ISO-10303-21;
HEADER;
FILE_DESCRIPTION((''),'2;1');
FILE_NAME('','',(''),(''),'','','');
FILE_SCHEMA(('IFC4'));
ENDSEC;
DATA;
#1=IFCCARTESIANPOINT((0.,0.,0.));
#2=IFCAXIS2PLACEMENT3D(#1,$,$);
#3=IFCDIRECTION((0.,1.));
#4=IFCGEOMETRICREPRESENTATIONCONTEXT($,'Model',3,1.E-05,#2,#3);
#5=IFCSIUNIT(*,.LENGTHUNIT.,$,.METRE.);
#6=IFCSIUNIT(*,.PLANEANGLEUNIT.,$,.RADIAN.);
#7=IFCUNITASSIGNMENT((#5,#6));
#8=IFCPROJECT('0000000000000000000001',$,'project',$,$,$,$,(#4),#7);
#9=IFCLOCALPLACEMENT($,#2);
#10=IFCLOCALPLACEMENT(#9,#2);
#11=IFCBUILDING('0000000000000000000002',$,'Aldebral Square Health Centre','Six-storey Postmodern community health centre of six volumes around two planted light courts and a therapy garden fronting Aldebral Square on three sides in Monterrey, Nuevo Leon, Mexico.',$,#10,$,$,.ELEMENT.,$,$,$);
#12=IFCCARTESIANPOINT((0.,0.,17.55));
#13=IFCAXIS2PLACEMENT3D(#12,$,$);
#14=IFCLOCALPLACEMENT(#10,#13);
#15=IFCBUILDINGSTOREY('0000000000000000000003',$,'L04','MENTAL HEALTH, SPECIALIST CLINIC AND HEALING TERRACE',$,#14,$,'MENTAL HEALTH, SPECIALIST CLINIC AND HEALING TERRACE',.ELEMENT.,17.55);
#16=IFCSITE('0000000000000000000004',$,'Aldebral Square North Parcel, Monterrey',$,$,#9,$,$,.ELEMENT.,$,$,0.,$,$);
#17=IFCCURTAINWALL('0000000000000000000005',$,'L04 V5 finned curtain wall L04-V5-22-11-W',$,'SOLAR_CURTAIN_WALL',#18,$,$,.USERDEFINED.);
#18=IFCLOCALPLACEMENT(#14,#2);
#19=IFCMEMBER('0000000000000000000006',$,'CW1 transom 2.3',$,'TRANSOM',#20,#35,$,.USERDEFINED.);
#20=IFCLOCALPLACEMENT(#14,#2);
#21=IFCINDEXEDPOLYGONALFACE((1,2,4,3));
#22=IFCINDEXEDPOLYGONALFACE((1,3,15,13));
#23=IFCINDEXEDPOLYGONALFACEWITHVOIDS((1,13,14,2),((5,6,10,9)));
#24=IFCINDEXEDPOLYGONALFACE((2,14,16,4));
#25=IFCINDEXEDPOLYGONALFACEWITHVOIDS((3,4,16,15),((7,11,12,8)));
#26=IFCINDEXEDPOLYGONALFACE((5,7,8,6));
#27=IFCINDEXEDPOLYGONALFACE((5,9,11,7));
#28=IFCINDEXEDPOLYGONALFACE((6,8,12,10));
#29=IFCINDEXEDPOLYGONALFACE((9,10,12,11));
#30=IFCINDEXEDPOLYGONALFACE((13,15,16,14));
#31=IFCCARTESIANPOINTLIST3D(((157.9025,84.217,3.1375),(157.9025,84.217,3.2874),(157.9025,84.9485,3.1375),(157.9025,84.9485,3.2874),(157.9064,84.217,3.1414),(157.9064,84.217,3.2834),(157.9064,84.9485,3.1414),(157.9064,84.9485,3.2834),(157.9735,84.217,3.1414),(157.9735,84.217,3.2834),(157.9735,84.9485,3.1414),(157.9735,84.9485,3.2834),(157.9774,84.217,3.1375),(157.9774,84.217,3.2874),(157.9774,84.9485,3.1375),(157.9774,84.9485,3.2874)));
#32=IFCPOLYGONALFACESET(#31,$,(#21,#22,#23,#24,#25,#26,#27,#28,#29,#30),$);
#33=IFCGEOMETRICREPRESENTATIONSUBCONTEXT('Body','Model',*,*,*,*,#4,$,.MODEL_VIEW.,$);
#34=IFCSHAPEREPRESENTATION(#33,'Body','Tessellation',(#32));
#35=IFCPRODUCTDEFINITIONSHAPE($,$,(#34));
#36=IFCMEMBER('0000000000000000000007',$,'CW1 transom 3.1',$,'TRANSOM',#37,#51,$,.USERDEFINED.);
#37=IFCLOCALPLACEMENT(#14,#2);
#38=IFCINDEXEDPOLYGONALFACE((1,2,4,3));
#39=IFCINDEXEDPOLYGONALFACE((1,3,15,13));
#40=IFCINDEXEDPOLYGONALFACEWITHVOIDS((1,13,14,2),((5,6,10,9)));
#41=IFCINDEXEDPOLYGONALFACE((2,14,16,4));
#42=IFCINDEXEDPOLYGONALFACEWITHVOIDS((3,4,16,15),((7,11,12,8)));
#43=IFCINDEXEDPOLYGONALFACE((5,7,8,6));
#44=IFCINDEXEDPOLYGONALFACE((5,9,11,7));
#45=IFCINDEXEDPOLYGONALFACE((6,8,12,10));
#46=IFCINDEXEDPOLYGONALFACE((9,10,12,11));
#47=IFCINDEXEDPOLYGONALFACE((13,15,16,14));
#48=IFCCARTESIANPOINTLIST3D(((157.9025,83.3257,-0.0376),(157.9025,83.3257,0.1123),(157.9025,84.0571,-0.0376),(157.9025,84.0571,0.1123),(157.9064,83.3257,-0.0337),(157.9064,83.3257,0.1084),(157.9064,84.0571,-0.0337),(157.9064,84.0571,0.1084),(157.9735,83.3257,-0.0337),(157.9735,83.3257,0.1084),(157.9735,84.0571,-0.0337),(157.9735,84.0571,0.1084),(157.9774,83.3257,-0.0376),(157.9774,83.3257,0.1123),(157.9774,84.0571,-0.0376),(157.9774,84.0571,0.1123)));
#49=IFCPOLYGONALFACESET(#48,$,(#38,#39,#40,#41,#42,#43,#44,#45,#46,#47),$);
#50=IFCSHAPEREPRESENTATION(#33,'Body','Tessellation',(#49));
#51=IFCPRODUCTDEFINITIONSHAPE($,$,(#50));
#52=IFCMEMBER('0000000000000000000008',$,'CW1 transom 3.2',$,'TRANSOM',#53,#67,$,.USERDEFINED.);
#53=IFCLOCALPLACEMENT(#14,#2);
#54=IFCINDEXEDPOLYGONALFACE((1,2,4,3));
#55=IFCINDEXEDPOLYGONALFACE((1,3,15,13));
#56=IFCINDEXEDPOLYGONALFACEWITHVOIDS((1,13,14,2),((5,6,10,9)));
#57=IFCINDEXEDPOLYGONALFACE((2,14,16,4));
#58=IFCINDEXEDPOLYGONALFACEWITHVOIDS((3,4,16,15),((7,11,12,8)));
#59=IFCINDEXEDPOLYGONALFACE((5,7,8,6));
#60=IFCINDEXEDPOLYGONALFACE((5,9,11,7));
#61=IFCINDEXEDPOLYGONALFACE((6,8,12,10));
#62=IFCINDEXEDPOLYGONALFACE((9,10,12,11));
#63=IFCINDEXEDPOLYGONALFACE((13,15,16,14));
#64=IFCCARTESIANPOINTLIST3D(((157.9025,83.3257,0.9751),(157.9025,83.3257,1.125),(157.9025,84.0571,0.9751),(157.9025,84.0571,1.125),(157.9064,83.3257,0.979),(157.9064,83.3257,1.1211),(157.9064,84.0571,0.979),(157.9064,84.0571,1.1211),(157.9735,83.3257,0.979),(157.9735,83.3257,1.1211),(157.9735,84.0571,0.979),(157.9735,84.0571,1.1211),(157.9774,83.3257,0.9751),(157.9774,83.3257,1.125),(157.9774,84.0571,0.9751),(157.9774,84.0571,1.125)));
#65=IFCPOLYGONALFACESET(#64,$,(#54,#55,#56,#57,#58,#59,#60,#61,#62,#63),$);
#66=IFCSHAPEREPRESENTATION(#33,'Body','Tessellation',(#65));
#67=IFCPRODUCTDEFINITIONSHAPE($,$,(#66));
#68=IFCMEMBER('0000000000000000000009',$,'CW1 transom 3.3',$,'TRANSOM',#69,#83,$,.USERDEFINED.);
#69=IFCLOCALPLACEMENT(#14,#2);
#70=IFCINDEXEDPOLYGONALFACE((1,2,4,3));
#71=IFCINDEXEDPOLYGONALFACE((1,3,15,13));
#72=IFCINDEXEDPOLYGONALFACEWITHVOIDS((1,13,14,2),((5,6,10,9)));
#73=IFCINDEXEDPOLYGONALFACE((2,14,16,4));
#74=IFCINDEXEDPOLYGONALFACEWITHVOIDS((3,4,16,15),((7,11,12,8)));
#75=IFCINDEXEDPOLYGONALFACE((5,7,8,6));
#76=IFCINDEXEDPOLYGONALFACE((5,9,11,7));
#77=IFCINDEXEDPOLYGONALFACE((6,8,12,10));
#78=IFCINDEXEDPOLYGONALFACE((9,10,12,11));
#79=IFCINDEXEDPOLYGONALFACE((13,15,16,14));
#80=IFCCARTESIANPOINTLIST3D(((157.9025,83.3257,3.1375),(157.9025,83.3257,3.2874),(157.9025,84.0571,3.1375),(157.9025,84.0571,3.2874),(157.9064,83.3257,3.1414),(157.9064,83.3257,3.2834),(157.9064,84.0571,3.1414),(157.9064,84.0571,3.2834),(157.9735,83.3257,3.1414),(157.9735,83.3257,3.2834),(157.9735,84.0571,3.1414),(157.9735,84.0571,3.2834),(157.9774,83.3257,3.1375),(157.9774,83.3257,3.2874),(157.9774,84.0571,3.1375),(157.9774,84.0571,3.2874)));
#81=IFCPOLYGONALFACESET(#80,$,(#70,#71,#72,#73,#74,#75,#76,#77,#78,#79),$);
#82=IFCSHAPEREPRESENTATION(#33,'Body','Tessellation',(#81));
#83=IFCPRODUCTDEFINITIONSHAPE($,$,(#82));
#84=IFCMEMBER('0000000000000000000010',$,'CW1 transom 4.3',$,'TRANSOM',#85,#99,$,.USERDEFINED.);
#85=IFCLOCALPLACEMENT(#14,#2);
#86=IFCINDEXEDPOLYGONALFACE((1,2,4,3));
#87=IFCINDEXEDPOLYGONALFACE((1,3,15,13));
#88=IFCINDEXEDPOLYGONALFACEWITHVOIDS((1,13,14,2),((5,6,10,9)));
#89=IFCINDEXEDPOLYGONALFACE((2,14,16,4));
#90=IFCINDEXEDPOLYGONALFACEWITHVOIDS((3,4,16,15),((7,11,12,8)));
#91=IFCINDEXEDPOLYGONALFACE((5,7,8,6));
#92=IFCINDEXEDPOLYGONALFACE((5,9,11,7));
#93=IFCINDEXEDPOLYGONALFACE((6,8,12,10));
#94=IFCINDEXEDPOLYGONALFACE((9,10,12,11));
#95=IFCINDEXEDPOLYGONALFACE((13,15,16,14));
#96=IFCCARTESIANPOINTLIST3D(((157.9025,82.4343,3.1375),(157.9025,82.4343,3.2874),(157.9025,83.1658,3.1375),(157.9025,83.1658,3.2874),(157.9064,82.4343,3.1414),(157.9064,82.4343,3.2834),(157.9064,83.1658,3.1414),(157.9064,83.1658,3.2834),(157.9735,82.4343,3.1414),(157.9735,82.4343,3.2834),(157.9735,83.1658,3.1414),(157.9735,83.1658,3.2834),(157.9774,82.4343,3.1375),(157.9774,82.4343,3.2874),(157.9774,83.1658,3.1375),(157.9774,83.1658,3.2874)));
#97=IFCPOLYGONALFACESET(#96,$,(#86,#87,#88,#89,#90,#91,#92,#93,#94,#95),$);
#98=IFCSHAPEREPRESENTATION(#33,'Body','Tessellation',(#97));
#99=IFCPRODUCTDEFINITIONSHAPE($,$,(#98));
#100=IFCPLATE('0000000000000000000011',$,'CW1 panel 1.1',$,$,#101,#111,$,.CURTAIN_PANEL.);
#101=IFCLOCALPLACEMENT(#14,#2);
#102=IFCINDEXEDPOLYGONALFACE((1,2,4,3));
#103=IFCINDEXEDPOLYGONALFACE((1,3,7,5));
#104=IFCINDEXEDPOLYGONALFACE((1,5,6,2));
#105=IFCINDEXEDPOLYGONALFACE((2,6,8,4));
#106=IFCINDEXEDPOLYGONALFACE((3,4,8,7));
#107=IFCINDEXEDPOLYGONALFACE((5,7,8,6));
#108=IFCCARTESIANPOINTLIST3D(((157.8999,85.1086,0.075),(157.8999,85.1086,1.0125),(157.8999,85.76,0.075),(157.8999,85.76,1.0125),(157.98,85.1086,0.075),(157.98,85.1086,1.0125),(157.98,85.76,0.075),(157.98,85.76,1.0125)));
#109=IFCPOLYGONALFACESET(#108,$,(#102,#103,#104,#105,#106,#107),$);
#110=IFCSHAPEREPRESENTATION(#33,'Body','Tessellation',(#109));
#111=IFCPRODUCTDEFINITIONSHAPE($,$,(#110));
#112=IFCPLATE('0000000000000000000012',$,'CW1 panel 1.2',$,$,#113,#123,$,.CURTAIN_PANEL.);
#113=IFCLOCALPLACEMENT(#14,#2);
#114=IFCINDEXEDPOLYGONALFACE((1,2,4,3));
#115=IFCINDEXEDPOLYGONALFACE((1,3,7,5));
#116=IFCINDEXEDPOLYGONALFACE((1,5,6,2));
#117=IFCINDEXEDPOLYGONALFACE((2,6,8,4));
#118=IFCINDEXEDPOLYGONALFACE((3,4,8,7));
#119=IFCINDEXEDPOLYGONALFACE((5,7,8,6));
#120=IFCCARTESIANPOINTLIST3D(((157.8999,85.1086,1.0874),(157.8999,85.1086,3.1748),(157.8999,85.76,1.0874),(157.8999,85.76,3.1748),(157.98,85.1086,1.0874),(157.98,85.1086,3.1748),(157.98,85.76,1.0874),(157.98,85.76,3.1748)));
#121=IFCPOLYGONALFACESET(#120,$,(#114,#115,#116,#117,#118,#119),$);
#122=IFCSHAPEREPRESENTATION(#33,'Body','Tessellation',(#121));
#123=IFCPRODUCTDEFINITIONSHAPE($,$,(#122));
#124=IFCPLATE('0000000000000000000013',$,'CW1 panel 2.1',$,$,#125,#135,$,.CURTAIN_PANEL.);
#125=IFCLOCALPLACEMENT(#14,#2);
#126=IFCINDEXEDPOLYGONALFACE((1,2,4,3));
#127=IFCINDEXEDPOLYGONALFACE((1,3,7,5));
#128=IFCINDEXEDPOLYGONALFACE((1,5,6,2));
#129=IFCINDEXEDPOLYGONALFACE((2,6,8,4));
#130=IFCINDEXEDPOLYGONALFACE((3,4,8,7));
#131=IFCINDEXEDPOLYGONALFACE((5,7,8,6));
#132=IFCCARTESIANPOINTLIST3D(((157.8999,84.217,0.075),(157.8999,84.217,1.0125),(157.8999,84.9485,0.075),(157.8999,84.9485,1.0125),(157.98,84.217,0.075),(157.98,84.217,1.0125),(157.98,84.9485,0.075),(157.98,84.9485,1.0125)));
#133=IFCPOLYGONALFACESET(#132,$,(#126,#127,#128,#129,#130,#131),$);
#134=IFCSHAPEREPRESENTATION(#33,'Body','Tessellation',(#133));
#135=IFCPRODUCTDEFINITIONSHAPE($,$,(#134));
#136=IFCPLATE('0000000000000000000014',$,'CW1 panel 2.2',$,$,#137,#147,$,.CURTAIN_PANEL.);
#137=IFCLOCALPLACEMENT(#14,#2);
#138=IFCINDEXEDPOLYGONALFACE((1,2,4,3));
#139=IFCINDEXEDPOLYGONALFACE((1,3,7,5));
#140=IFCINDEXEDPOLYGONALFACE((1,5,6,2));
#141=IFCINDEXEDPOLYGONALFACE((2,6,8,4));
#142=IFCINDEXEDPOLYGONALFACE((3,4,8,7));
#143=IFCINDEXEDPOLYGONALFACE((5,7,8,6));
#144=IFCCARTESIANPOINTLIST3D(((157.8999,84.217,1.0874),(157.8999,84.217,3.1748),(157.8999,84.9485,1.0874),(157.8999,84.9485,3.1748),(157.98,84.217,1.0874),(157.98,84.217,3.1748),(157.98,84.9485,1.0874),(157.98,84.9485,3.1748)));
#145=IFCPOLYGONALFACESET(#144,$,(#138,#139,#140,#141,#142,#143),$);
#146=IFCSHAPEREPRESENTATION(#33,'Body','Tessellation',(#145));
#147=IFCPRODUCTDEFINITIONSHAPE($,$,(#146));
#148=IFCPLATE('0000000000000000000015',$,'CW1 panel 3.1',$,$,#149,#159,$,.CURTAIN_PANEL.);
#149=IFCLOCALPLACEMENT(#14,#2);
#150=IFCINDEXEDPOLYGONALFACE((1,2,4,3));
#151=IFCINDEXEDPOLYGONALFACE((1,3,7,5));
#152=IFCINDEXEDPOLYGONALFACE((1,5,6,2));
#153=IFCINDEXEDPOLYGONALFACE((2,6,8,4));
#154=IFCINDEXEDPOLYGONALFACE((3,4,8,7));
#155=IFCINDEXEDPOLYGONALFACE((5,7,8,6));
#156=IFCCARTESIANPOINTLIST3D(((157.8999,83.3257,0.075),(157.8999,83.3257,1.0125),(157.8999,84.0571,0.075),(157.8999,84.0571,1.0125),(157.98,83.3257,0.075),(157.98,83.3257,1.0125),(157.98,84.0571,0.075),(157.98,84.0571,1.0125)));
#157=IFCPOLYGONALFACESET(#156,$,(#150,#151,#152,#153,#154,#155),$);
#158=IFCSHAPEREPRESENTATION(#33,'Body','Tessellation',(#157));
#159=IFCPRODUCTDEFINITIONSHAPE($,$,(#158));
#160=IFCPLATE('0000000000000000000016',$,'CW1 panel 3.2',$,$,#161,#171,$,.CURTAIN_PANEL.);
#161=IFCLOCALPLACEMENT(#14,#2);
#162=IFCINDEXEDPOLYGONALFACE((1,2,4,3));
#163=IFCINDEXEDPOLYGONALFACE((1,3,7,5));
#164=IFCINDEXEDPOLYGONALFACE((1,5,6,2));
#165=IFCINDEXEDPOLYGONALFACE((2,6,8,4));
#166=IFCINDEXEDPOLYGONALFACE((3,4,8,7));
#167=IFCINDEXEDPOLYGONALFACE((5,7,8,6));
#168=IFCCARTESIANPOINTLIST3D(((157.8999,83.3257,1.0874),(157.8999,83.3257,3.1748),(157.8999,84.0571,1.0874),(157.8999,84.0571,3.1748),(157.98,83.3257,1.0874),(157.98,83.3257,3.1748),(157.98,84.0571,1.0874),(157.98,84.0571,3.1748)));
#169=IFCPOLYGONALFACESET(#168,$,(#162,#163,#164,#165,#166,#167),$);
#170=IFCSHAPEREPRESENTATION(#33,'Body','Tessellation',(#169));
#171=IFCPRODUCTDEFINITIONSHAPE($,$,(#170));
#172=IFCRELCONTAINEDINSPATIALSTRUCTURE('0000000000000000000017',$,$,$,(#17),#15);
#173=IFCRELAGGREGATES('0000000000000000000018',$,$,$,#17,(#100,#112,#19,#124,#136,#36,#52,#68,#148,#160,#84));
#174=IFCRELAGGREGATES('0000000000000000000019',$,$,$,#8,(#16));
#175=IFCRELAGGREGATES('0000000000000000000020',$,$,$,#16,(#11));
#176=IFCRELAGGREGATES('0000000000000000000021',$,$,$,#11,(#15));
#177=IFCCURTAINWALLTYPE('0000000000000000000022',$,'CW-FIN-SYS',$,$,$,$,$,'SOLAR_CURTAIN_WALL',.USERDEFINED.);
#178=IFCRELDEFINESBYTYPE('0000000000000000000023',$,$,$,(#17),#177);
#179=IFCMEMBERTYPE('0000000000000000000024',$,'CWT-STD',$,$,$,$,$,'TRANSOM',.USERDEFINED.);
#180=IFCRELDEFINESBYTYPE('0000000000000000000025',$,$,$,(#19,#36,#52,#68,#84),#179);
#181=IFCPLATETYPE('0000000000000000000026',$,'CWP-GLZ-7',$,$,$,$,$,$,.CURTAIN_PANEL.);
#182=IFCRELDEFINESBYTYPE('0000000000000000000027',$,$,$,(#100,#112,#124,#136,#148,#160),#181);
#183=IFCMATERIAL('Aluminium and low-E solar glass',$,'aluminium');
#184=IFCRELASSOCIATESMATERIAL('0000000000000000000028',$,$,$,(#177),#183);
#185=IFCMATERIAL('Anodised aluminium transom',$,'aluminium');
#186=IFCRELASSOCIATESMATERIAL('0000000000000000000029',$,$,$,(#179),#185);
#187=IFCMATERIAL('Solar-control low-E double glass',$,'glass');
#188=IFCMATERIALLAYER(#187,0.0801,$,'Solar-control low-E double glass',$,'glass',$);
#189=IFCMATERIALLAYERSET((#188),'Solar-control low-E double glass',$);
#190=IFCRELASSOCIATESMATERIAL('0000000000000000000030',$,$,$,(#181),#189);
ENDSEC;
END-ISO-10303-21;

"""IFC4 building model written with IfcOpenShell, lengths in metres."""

from ifc_helpers import new_model, si_unit, direction, frame, origin, origin_2d, place, context, subcontext, project, spatial, rectangle, hollow_rectangle, extrude, material, layer, layer_set, material_profile, profile_set, type_object, element, aggregate, save


model = new_model("IFC4")

# Units and contexts
model_context = context("Model", 3, precision=1e-05, world=origin(), true_north=direction((0.0, 1.0)))
body_context = subcontext(model_context, "Body", "Model", "MODEL_VIEW")
ifc_project = project(units=[si_unit("LENGTHUNIT", "METRE"), si_unit("PLANEANGLEUNIT", "RADIAN")], contexts=[model_context])

# Site, building, storey
site_placement = place(None, origin())
site = spatial("IfcSite", under=ifc_project, at=site_placement, Name="Aldebral Square North Parcel, Monterrey", CompositionType="ELEMENT", RefElevation=0.0)
building_placement = place(site_placement, origin())
building = spatial("IfcBuilding", under=site, at=building_placement, Name="Aldebral Square Health Centre", Description="Six-storey Postmodern community health centre of six volumes around two planted light courts and a therapy garden fronting Aldebral Square on three sides in Monterrey, Nuevo Leon, Mexico.", CompositionType="ELEMENT")
storey_placement = place(building_placement, frame((0.0, 0.0, 17.55)))
storey = spatial("IfcBuildingStorey", under=building, at=storey_placement, Name="L04", Description="MENTAL HEALTH, SPECIALIST CLINIC AND HEALING TERRACE", LongName="MENTAL HEALTH, SPECIALIST CLINIC AND HEALING TERRACE", CompositionType="ELEMENT", Elevation=17.55)

# Curtain wall
ifc_material_1 = material(Name="Aluminium and low-E solar glass", Category="aluminium")
curtain_wall_type = type_object("IfcCurtainWallType", Name="CW-FIN-SYS", ElementType="SOLAR_CURTAIN_WALL", PredefinedType="USERDEFINED", material=ifc_material_1)
curtain_wall_1_placement = place(storey_placement, origin())
curtain_wall_1 = element("IfcCurtainWall", 1, at=curtain_wall_1_placement, inside=storey, type_object=curtain_wall_type, Name="L04 V5 finned curtain wall L04-V5-22-11-W", ObjectType="SOLAR_CURTAIN_WALL", PredefinedType="USERDEFINED")

# Members
ifc_material_2 = material(Name="Anodised aluminium transom", Category="aluminium")
ifc_material_profile_1 = material_profile(ifc_material_2, hollow_rectangle(XDim=0.075, YDim=0.1499, WallThickness=0.0039, at=origin_2d()), Name="CWT 75x150x4")
ifc_profile_set_1 = profile_set([ifc_material_profile_1], Name="Anodised aluminium transom")
member_type_1 = type_object("IfcMemberType", Name="CWT-STD", ElementType="TRANSOM", PredefinedType="USERDEFINED", material=ifc_profile_set_1)
member_1_placement = place(storey_placement, frame((157.9399, 84.9485, 3.2124), z_axis=(0.0, -1.0, 0.0), x_axis=(1.0, 0.0, 0.0)))
member_1 = element("IfcMember", 2, at=member_1_placement, type_object=member_type_1, Name="CW1 transom 2.3", ObjectType="TRANSOM", PredefinedType="USERDEFINED", context=body_context, shape_type="SweptSolid", body=[
    extrude(hollow_rectangle(XDim=0.075, YDim=0.1499, WallThickness=0.0039, at=origin_2d()), origin(), (0.0, 0.0, 1.0), 0.7314),
])
member_2_placement = place(storey_placement, frame((157.9399, 84.0571, 0.0374), z_axis=(0.0, -1.0, 0.0), x_axis=(1.0, 0.0, 0.0)))
member_2 = element("IfcMember", 3, at=member_2_placement, type_object=member_type_1, Name="CW1 transom 3.1", ObjectType="TRANSOM", PredefinedType="USERDEFINED", context=body_context, shape_type="SweptSolid", body=[
    extrude(hollow_rectangle(XDim=0.075, YDim=0.1499, WallThickness=0.0039, at=origin_2d()), origin(), (0.0, 0.0, 1.0), 0.7314),
])
member_3_placement = place(storey_placement, frame((157.9399, 84.0571, 1.05), z_axis=(0.0, -1.0, 0.0), x_axis=(1.0, 0.0, 0.0)))
member_3 = element("IfcMember", 4, at=member_3_placement, type_object=member_type_1, Name="CW1 transom 3.2", ObjectType="TRANSOM", PredefinedType="USERDEFINED", context=body_context, shape_type="SweptSolid", body=[
    extrude(hollow_rectangle(XDim=0.075, YDim=0.1499, WallThickness=0.0039, at=origin_2d()), origin(), (0.0, 0.0, 1.0), 0.7314),
])
member_4_placement = place(storey_placement, frame((157.9399, 84.0571, 3.2124), z_axis=(0.0, -1.0, 0.0), x_axis=(1.0, 0.0, 0.0)))
member_4 = element("IfcMember", 5, at=member_4_placement, type_object=member_type_1, Name="CW1 transom 3.3", ObjectType="TRANSOM", PredefinedType="USERDEFINED", context=body_context, shape_type="SweptSolid", body=[
    extrude(hollow_rectangle(XDim=0.075, YDim=0.1499, WallThickness=0.0039, at=origin_2d()), origin(), (0.0, 0.0, 1.0), 0.7314),
])
member_5_placement = place(storey_placement, frame((157.9399, 83.1658, 3.2124), z_axis=(0.0, -1.0, 0.0), x_axis=(1.0, 0.0, 0.0)))
member_5 = element("IfcMember", 6, at=member_5_placement, type_object=member_type_1, Name="CW1 transom 4.3", ObjectType="TRANSOM", PredefinedType="USERDEFINED", context=body_context, shape_type="SweptSolid", body=[
    extrude(hollow_rectangle(XDim=0.075, YDim=0.1499, WallThickness=0.0039, at=origin_2d()), origin(), (0.0, 0.0, 1.0), 0.7314),
])

# Plates
ifc_material_3 = material(Name="Solar-control low-E double glass", Category="glass")
ifc_layer = layer(ifc_material_3, 0.0801, Name="Solar-control low-E double glass", Category="glass")
ifc_layer_set = layer_set([ifc_layer], Name="Solar-control low-E double glass")
plate_type = type_object("IfcPlateType", Name="CWP-GLZ-7", PredefinedType="CURTAIN_PANEL", material=ifc_layer_set)
plate_1_placement = place(storey_placement, frame((157.9399, 85.4343, 0.075), z_axis=(0.0, 0.0, 1.0), x_axis=(0.0, -1.0, 0.0)))
plate_1 = element("IfcPlate", 7, at=plate_1_placement, type_object=plate_type, Name="CW1 panel 1.1", PredefinedType="CURTAIN_PANEL", context=body_context, shape_type="SweptSolid", body=[
    extrude(rectangle(XDim=0.6514, YDim=0.0801, at=origin_2d()), origin(), (0.0, 0.0, 1.0), 0.9375),
])
plate_2_placement = place(storey_placement, frame((157.9399, 85.4343, 1.0874), z_axis=(0.0, 0.0, 1.0), x_axis=(0.0, -1.0, 0.0)))
plate_2 = element("IfcPlate", 8, at=plate_2_placement, type_object=plate_type, Name="CW1 panel 1.2", PredefinedType="CURTAIN_PANEL", context=body_context, shape_type="SweptSolid", body=[
    extrude(rectangle(XDim=0.6514, YDim=0.0801, at=origin_2d()), origin(), (0.0, 0.0, 1.0), 2.0874),
])
plate_3_placement = place(storey_placement, frame((157.9399, 84.5828, 0.075), z_axis=(0.0, 0.0, 1.0), x_axis=(0.0, -1.0, 0.0)))
plate_3 = element("IfcPlate", 9, at=plate_3_placement, type_object=plate_type, Name="CW1 panel 2.1", PredefinedType="CURTAIN_PANEL", context=body_context, shape_type="SweptSolid", body=[
    extrude(rectangle(XDim=0.7314, YDim=0.0801, at=origin_2d()), origin(), (0.0, 0.0, 1.0), 0.9375),
])
plate_4_placement = place(storey_placement, frame((157.9399, 84.5828, 1.0874), z_axis=(0.0, 0.0, 1.0), x_axis=(0.0, -1.0, 0.0)))
plate_4 = element("IfcPlate", 10, at=plate_4_placement, type_object=plate_type, Name="CW1 panel 2.2", PredefinedType="CURTAIN_PANEL", context=body_context, shape_type="SweptSolid", body=[
    extrude(rectangle(XDim=0.7314, YDim=0.0801, at=origin_2d()), origin(), (0.0, 0.0, 1.0), 2.0874),
])
plate_5_placement = place(storey_placement, frame((157.9399, 83.6914, 0.075), z_axis=(0.0, 0.0, 1.0), x_axis=(0.0, -1.0, 0.0)))
plate_5 = element("IfcPlate", 11, at=plate_5_placement, type_object=plate_type, Name="CW1 panel 3.1", PredefinedType="CURTAIN_PANEL", context=body_context, shape_type="SweptSolid", body=[
    extrude(rectangle(XDim=0.7314, YDim=0.0801, at=origin_2d()), origin(), (0.0, 0.0, 1.0), 0.9375),
])
plate_6_placement = place(storey_placement, frame((157.9399, 83.6914, 1.0874), z_axis=(0.0, 0.0, 1.0), x_axis=(0.0, -1.0, 0.0)))
plate_6 = element("IfcPlate", 12, at=plate_6_placement, type_object=plate_type, Name="CW1 panel 3.2", PredefinedType="CURTAIN_PANEL", context=body_context, shape_type="SweptSolid", body=[
    extrude(rectangle(XDim=0.7314, YDim=0.0801, at=origin_2d()), origin(), (0.0, 0.0, 1.0), 2.0874),
])
aggregate(curtain_wall_1, [plate_1, plate_2, member_1, plate_3, plate_4, member_2, member_3, member_4, plate_5, plate_6, member_5])

save(model, "model.ifc")
